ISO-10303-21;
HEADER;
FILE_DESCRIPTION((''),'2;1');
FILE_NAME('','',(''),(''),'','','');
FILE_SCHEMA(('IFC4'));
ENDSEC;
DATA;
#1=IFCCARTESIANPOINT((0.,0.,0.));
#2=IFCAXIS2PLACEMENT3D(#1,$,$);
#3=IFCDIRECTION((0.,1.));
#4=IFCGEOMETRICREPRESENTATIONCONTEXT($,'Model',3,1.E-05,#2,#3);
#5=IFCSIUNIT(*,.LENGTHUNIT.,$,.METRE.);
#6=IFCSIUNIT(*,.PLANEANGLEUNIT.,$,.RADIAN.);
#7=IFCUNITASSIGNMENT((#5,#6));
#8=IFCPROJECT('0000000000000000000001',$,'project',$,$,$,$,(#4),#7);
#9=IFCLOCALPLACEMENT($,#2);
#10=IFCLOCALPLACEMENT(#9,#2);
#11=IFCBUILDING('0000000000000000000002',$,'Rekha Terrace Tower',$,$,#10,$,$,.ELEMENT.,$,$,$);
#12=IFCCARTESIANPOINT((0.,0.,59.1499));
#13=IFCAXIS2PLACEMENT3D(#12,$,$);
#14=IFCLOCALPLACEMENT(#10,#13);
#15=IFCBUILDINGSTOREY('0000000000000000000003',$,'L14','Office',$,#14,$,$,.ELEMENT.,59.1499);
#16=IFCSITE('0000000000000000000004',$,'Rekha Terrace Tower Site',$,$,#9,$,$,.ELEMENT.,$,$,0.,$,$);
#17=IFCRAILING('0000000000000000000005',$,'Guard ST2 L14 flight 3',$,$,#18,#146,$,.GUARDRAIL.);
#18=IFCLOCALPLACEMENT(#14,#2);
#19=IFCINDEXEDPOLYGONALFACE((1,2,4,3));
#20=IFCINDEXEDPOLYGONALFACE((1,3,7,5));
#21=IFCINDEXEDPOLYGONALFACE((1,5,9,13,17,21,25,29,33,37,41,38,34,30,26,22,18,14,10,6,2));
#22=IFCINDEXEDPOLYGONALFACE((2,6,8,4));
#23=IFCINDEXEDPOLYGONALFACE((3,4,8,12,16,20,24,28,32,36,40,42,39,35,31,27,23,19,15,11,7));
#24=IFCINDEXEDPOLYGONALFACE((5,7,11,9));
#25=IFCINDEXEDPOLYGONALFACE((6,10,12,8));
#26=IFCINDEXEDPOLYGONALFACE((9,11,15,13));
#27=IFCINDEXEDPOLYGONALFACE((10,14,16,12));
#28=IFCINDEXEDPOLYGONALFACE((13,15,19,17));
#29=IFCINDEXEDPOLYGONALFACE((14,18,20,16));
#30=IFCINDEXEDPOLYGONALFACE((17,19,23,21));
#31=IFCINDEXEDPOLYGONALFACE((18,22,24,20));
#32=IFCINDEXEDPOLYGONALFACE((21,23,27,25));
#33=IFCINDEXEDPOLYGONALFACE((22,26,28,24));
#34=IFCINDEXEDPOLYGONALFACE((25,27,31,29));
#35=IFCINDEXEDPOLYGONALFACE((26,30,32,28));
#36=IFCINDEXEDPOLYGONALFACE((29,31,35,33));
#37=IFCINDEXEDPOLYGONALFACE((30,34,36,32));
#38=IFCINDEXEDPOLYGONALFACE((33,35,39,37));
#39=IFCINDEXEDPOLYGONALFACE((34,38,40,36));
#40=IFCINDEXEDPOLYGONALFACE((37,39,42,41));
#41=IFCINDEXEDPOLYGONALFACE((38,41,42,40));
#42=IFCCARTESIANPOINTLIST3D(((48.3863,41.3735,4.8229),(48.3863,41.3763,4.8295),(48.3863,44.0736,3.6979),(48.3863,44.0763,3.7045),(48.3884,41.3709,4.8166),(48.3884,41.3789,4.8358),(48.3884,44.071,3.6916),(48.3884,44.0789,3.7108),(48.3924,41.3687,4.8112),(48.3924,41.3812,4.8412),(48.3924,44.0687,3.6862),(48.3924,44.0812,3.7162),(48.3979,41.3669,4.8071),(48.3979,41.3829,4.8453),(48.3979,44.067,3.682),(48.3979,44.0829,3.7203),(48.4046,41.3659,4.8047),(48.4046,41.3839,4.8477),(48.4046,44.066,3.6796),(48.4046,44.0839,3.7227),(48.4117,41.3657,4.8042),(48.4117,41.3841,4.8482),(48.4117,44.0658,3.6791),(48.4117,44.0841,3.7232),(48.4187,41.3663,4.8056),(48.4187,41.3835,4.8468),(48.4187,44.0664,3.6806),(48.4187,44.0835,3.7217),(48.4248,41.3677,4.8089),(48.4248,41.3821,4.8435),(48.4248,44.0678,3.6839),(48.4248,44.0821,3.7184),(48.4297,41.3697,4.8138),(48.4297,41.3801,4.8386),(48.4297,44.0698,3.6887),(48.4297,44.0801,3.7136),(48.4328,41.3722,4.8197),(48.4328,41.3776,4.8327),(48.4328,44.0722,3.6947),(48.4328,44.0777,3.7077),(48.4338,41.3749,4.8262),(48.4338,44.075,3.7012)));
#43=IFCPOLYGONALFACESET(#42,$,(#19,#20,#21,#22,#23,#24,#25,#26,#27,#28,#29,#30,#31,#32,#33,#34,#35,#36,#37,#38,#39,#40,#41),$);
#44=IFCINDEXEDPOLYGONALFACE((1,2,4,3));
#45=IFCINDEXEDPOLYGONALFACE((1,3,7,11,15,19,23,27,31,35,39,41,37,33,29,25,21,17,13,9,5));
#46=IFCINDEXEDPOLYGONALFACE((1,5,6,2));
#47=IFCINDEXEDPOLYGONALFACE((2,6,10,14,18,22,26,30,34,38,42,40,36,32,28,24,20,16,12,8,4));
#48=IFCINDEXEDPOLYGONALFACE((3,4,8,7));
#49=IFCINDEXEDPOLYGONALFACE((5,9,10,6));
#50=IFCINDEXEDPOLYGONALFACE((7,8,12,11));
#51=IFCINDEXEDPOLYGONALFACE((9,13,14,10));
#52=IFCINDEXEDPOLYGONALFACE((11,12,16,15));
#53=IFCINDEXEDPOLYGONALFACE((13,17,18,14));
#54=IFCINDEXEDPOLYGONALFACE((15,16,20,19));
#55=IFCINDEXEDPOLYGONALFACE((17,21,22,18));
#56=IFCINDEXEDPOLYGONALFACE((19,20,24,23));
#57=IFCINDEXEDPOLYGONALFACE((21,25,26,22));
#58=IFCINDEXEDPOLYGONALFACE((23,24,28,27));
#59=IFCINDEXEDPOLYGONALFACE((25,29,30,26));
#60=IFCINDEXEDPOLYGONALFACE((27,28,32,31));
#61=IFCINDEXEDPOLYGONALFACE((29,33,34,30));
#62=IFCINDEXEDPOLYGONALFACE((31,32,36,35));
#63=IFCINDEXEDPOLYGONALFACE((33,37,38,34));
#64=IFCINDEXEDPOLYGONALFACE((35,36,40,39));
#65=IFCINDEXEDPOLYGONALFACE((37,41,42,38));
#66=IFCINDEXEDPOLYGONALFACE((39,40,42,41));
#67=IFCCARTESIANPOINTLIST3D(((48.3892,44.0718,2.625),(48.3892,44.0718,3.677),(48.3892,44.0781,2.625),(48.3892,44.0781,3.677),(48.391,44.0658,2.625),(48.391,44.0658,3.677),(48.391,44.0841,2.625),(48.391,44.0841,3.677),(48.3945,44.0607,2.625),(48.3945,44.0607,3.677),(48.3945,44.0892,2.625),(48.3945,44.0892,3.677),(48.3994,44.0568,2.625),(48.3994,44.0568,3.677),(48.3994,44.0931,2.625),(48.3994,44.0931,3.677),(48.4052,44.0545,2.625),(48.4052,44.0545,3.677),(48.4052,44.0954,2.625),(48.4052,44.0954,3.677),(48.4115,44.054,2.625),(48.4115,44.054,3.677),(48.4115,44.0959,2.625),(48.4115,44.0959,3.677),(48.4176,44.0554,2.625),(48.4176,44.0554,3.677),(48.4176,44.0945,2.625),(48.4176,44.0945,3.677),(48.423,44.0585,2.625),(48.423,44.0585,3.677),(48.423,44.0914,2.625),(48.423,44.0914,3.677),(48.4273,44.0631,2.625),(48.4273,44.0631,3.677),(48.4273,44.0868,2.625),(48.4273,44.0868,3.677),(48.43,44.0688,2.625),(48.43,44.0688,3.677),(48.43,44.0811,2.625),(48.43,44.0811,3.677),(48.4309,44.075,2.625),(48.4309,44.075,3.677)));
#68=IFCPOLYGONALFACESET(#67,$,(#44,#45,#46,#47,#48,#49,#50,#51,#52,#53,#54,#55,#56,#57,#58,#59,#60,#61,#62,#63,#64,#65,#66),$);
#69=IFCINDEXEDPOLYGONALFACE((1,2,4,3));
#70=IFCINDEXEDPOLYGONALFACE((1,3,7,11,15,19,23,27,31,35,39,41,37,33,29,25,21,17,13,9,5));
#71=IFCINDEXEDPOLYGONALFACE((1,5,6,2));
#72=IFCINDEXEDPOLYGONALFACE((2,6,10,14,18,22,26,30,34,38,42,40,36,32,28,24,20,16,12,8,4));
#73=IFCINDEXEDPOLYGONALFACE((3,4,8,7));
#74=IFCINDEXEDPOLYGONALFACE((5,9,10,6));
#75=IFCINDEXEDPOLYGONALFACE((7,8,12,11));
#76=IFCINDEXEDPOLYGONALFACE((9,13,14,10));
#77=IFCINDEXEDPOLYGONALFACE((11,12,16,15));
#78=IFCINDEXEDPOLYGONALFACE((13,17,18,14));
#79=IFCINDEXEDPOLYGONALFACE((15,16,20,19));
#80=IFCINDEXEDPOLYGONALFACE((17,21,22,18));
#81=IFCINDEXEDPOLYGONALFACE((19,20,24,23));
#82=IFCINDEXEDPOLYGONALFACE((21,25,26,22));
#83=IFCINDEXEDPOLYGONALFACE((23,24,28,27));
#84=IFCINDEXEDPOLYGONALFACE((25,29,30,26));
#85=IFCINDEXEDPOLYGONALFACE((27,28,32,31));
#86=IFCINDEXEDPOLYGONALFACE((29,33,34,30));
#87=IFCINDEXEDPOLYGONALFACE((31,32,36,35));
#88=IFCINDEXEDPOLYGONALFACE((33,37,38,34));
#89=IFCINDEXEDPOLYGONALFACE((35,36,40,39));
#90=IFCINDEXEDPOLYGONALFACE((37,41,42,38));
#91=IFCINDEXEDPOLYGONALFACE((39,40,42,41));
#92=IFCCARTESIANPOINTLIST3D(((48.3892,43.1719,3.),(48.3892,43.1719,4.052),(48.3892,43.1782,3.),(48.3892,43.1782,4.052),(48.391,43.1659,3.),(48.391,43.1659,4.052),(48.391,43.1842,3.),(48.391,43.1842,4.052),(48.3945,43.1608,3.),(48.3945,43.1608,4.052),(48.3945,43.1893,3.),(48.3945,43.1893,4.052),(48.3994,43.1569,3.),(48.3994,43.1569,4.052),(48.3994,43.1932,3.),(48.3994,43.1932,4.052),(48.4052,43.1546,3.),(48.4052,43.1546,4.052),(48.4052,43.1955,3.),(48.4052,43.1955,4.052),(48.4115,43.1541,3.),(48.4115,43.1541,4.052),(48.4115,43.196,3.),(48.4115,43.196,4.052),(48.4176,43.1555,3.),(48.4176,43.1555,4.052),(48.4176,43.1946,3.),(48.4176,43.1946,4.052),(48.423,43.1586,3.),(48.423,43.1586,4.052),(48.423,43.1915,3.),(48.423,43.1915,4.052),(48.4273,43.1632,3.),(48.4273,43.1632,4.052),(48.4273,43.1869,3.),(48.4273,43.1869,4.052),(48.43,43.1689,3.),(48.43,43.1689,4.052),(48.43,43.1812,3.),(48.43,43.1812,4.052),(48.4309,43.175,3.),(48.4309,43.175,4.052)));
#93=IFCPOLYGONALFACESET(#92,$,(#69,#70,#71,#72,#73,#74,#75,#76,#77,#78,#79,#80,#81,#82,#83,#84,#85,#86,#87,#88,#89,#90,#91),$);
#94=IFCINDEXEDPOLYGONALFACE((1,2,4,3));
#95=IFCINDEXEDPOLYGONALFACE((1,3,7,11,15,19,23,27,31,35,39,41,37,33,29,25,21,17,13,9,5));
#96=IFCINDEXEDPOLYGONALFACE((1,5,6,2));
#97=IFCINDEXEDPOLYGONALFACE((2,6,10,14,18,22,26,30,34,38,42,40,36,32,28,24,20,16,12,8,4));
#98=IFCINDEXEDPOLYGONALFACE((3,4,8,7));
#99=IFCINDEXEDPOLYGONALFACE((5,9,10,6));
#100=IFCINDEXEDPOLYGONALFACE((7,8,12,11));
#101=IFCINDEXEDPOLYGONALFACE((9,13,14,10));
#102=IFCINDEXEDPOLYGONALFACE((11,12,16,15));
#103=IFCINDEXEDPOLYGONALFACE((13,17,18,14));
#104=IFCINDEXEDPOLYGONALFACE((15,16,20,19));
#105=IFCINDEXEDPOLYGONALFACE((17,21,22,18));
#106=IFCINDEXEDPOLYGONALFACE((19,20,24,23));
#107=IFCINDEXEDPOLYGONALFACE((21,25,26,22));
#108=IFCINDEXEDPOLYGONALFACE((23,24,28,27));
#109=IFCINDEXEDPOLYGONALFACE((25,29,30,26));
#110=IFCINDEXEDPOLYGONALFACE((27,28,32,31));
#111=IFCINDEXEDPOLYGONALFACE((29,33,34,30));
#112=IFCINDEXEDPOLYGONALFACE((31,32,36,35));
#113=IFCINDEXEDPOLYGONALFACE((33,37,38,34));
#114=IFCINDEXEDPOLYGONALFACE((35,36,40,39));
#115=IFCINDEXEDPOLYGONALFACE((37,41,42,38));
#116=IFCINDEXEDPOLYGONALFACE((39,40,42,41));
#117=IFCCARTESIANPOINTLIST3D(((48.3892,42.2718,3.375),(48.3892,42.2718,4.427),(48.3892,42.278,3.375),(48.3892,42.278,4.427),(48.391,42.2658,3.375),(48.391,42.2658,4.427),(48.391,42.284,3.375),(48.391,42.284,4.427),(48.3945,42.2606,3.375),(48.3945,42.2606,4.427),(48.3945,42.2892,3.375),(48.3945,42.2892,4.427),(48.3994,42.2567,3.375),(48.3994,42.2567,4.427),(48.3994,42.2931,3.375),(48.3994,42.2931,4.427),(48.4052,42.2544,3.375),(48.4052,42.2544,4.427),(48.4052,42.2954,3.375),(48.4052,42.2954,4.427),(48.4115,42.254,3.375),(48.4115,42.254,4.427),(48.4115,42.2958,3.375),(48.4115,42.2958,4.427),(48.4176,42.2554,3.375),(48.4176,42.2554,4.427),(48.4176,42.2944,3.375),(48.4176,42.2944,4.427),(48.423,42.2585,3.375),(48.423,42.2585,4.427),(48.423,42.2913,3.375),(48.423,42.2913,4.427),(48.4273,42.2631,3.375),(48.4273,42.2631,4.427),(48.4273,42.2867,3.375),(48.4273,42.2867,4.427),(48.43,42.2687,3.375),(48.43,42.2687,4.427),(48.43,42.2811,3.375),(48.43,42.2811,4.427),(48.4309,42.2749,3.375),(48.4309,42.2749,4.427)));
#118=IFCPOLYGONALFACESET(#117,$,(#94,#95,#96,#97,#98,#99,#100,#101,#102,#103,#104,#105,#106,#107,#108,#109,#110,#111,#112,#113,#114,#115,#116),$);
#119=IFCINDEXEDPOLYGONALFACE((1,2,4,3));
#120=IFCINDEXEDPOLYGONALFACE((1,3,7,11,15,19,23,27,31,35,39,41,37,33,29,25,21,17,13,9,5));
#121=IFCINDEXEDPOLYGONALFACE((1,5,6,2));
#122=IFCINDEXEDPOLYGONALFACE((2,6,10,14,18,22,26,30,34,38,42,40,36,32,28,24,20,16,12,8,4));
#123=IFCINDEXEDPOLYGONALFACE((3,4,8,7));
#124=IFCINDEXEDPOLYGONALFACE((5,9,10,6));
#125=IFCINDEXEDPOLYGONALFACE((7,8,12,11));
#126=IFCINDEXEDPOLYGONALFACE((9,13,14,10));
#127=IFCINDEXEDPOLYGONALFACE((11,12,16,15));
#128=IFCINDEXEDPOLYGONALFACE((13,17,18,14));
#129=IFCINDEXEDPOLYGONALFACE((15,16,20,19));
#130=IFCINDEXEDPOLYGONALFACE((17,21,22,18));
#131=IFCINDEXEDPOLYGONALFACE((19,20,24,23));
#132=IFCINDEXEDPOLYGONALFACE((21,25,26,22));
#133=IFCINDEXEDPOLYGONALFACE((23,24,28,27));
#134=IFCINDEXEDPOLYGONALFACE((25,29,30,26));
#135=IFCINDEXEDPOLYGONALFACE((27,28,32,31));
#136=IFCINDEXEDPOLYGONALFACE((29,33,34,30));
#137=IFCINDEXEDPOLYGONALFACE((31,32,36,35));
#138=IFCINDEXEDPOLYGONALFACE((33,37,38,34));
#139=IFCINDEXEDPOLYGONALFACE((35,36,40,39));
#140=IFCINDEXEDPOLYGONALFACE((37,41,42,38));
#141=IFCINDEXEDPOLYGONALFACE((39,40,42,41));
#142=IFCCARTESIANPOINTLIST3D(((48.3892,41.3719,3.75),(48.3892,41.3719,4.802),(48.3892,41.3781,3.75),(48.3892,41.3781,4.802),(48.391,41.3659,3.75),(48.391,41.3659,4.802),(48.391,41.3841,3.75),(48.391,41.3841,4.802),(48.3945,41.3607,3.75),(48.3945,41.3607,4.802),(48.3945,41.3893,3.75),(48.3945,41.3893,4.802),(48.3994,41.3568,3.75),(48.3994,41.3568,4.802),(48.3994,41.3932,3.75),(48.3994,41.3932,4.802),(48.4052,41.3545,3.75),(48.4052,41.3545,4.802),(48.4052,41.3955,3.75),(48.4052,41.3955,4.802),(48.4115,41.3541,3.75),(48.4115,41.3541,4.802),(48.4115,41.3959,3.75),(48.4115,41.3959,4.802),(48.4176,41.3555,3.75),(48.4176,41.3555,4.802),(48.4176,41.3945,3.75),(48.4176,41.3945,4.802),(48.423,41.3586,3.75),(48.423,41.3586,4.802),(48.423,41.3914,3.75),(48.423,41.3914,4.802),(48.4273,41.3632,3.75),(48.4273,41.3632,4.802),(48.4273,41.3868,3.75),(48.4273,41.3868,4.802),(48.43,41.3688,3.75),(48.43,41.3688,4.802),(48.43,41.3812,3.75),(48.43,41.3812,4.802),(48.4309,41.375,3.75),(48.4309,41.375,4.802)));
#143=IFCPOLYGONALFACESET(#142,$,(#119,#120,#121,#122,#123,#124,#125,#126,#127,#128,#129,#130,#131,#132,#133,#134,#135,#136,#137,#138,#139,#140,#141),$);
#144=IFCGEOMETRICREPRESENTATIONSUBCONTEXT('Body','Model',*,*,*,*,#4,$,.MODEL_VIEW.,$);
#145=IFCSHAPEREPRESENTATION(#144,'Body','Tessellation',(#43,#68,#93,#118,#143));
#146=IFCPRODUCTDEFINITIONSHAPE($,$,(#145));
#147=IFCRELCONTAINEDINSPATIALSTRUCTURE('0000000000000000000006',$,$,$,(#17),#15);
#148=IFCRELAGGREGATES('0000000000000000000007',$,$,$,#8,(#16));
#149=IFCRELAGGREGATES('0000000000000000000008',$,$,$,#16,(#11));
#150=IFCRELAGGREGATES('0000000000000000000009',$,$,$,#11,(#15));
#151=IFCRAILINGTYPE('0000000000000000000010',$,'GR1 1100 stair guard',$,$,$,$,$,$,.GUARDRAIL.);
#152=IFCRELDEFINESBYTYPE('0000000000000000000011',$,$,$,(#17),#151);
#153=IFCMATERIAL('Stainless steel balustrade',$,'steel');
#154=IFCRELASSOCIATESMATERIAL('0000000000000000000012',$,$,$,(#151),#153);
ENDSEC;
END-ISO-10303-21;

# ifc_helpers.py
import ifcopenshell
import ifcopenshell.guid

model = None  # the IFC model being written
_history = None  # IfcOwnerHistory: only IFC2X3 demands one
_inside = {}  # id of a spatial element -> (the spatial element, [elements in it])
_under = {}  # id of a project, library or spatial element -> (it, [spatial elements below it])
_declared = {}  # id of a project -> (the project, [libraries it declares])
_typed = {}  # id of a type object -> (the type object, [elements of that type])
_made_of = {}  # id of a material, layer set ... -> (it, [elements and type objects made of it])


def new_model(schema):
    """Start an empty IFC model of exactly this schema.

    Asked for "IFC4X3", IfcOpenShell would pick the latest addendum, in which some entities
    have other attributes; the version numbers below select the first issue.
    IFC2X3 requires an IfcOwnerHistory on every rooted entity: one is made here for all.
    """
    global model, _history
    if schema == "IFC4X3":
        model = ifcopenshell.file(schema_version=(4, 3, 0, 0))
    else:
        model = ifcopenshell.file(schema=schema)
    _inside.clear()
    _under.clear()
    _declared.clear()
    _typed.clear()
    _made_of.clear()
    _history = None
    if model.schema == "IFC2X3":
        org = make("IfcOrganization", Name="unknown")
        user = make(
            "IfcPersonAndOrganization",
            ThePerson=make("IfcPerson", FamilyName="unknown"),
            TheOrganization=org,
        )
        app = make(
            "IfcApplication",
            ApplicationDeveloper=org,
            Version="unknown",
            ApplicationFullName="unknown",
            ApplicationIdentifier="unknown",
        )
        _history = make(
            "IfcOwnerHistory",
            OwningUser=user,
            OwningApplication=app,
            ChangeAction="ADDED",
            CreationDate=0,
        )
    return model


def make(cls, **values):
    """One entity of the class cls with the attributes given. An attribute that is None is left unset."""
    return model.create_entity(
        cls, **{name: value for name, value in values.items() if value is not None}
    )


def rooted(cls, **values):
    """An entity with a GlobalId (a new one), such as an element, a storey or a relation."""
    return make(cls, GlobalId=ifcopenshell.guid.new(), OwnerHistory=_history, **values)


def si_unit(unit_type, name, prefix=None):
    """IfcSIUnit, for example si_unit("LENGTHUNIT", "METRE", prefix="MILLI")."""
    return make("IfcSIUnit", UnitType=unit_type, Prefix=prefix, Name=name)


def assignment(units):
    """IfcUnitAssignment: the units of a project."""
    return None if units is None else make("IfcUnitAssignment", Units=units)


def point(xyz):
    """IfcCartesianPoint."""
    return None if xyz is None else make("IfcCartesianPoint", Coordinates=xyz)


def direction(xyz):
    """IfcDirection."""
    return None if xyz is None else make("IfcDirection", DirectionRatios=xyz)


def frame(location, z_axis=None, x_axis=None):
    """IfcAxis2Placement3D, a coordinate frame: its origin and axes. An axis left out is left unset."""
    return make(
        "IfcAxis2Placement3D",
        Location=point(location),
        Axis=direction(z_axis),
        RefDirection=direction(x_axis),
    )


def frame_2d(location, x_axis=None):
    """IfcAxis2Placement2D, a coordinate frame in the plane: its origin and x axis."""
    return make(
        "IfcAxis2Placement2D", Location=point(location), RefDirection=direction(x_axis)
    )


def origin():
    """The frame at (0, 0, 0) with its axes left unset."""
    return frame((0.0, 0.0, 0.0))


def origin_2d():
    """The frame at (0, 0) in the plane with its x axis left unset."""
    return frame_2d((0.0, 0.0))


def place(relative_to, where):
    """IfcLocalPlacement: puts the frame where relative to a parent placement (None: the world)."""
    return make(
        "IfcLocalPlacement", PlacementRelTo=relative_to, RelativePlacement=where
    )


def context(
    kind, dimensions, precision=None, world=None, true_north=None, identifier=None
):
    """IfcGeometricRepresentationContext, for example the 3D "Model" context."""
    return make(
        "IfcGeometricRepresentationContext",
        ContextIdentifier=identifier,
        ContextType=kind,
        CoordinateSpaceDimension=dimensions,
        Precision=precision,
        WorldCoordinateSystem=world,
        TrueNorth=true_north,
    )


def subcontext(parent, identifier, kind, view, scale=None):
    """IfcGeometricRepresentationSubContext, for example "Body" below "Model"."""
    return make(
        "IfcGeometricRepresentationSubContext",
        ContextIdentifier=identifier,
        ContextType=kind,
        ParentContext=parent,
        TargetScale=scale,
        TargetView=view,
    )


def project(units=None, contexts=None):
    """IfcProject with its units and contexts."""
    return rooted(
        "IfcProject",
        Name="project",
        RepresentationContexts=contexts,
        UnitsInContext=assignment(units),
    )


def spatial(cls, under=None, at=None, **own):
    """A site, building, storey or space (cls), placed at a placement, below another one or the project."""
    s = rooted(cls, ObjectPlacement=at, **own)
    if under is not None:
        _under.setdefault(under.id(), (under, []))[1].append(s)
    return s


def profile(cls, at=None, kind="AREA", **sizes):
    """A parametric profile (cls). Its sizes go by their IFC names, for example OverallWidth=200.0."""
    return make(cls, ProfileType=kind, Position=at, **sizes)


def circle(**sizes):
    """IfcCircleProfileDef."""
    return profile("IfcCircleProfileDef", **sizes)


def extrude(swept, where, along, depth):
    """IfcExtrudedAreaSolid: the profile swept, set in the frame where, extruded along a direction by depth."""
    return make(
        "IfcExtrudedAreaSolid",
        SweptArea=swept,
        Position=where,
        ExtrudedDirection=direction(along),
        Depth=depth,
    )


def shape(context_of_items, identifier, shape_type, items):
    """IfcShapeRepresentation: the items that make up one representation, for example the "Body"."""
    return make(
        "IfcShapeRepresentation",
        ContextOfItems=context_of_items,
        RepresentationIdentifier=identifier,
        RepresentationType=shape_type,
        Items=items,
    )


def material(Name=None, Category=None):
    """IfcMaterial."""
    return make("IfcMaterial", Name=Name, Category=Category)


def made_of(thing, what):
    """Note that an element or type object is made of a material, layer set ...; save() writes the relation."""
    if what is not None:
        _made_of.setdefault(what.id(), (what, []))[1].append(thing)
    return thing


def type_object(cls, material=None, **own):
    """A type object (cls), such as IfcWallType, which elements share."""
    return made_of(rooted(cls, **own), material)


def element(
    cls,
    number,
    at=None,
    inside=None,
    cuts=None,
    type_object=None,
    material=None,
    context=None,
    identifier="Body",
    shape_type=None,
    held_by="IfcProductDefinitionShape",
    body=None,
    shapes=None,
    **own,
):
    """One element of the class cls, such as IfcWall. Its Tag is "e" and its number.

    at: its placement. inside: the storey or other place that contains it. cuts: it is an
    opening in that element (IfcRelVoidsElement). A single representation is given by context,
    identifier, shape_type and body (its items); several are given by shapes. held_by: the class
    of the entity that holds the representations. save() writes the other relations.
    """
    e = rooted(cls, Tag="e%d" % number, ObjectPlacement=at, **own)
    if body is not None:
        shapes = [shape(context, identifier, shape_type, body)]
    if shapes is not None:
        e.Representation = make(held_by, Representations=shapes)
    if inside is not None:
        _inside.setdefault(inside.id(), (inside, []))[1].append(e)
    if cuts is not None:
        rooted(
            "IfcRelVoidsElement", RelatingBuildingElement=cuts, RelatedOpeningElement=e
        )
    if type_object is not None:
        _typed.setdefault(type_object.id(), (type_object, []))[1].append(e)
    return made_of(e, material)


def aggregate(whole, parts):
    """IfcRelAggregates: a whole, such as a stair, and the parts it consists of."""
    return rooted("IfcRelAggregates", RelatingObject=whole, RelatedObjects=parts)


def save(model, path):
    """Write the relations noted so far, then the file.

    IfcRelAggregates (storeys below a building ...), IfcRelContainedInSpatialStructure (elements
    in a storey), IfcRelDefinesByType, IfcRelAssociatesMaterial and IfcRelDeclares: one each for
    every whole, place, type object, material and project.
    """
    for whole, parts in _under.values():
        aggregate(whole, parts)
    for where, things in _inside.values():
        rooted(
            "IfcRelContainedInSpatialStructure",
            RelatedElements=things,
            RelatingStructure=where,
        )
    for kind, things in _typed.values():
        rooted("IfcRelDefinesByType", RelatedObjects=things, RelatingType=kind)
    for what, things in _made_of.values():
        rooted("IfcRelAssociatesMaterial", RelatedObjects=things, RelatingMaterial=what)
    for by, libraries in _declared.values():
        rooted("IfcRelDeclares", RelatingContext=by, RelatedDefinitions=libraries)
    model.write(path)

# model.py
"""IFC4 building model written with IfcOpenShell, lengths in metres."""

from ifc_helpers import new_model, si_unit, direction, frame, origin, origin_2d, place, context, subcontext, project, spatial, circle, extrude, material, type_object, element, save


model = new_model("IFC4")

# Units and contexts
model_context = context("Model", 3, precision=1e-05, world=origin(), true_north=direction((0.0, 1.0)))
body_context = subcontext(model_context, "Body", "Model", "MODEL_VIEW")
ifc_project = project(units=[si_unit("LENGTHUNIT", "METRE"), si_unit("PLANEANGLEUNIT", "RADIAN")], contexts=[model_context])

# Site, building, storey
site_placement = place(None, origin())
site = spatial("IfcSite", under=ifc_project, at=site_placement, Name="Rekha Terrace Tower Site", CompositionType="ELEMENT", RefElevation=0.0)
building_placement = place(site_placement, origin())
building = spatial("IfcBuilding", under=site, at=building_placement, Name="Rekha Terrace Tower", CompositionType="ELEMENT")
storey_placement = place(building_placement, frame((0.0, 0.0, 59.1499)))
storey = spatial("IfcBuildingStorey", under=building, at=storey_placement, Name="L14", Description="Office", CompositionType="ELEMENT", Elevation=59.1499)

# Railing
ifc_material_1 = material(Name="Stainless steel balustrade", Category="steel")
railing_type_1 = type_object("IfcRailingType", Name="GR1 1100 stair guard", PredefinedType="GUARDRAIL", material=ifc_material_1)
railing_1_placement = place(storey_placement, frame((48.4099, 44.075, 2.625)))
element("IfcRailing", 1, at=railing_1_placement, inside=storey, type_object=railing_type_1, Name="Guard ST2 L14 flight 3", PredefinedType="GUARDRAIL", context=body_context, shape_type="SweptSolid", body=[
    extrude(circle(Radius=0.0239, at=origin_2d()), frame((0.0, 0.0, 1.0762), z_axis=(0.0, -0.923074, 0.384621), x_axis=(1.0, 0.0, 0.0)), (0.0, 0.0, 1.0), 2.925),
    extrude(circle(Radius=0.021, at=origin_2d()), origin(), (0.0, 0.0, 1.0), 1.052),
    extrude(circle(Radius=0.021, at=origin_2d()), frame((0.0, -0.8999, 0.375)), (0.0, 0.0, 1.0), 1.052),
    extrude(circle(Radius=0.021, at=origin_2d()), frame((0.0, -1.8, 0.75)), (0.0, 0.0, 1.0), 1.052),
    extrude(circle(Radius=0.021, at=origin_2d()), frame((0.0, -2.7, 1.125)), (0.0, 0.0, 1.0), 1.052),
])

save(model, "model.ifc")
